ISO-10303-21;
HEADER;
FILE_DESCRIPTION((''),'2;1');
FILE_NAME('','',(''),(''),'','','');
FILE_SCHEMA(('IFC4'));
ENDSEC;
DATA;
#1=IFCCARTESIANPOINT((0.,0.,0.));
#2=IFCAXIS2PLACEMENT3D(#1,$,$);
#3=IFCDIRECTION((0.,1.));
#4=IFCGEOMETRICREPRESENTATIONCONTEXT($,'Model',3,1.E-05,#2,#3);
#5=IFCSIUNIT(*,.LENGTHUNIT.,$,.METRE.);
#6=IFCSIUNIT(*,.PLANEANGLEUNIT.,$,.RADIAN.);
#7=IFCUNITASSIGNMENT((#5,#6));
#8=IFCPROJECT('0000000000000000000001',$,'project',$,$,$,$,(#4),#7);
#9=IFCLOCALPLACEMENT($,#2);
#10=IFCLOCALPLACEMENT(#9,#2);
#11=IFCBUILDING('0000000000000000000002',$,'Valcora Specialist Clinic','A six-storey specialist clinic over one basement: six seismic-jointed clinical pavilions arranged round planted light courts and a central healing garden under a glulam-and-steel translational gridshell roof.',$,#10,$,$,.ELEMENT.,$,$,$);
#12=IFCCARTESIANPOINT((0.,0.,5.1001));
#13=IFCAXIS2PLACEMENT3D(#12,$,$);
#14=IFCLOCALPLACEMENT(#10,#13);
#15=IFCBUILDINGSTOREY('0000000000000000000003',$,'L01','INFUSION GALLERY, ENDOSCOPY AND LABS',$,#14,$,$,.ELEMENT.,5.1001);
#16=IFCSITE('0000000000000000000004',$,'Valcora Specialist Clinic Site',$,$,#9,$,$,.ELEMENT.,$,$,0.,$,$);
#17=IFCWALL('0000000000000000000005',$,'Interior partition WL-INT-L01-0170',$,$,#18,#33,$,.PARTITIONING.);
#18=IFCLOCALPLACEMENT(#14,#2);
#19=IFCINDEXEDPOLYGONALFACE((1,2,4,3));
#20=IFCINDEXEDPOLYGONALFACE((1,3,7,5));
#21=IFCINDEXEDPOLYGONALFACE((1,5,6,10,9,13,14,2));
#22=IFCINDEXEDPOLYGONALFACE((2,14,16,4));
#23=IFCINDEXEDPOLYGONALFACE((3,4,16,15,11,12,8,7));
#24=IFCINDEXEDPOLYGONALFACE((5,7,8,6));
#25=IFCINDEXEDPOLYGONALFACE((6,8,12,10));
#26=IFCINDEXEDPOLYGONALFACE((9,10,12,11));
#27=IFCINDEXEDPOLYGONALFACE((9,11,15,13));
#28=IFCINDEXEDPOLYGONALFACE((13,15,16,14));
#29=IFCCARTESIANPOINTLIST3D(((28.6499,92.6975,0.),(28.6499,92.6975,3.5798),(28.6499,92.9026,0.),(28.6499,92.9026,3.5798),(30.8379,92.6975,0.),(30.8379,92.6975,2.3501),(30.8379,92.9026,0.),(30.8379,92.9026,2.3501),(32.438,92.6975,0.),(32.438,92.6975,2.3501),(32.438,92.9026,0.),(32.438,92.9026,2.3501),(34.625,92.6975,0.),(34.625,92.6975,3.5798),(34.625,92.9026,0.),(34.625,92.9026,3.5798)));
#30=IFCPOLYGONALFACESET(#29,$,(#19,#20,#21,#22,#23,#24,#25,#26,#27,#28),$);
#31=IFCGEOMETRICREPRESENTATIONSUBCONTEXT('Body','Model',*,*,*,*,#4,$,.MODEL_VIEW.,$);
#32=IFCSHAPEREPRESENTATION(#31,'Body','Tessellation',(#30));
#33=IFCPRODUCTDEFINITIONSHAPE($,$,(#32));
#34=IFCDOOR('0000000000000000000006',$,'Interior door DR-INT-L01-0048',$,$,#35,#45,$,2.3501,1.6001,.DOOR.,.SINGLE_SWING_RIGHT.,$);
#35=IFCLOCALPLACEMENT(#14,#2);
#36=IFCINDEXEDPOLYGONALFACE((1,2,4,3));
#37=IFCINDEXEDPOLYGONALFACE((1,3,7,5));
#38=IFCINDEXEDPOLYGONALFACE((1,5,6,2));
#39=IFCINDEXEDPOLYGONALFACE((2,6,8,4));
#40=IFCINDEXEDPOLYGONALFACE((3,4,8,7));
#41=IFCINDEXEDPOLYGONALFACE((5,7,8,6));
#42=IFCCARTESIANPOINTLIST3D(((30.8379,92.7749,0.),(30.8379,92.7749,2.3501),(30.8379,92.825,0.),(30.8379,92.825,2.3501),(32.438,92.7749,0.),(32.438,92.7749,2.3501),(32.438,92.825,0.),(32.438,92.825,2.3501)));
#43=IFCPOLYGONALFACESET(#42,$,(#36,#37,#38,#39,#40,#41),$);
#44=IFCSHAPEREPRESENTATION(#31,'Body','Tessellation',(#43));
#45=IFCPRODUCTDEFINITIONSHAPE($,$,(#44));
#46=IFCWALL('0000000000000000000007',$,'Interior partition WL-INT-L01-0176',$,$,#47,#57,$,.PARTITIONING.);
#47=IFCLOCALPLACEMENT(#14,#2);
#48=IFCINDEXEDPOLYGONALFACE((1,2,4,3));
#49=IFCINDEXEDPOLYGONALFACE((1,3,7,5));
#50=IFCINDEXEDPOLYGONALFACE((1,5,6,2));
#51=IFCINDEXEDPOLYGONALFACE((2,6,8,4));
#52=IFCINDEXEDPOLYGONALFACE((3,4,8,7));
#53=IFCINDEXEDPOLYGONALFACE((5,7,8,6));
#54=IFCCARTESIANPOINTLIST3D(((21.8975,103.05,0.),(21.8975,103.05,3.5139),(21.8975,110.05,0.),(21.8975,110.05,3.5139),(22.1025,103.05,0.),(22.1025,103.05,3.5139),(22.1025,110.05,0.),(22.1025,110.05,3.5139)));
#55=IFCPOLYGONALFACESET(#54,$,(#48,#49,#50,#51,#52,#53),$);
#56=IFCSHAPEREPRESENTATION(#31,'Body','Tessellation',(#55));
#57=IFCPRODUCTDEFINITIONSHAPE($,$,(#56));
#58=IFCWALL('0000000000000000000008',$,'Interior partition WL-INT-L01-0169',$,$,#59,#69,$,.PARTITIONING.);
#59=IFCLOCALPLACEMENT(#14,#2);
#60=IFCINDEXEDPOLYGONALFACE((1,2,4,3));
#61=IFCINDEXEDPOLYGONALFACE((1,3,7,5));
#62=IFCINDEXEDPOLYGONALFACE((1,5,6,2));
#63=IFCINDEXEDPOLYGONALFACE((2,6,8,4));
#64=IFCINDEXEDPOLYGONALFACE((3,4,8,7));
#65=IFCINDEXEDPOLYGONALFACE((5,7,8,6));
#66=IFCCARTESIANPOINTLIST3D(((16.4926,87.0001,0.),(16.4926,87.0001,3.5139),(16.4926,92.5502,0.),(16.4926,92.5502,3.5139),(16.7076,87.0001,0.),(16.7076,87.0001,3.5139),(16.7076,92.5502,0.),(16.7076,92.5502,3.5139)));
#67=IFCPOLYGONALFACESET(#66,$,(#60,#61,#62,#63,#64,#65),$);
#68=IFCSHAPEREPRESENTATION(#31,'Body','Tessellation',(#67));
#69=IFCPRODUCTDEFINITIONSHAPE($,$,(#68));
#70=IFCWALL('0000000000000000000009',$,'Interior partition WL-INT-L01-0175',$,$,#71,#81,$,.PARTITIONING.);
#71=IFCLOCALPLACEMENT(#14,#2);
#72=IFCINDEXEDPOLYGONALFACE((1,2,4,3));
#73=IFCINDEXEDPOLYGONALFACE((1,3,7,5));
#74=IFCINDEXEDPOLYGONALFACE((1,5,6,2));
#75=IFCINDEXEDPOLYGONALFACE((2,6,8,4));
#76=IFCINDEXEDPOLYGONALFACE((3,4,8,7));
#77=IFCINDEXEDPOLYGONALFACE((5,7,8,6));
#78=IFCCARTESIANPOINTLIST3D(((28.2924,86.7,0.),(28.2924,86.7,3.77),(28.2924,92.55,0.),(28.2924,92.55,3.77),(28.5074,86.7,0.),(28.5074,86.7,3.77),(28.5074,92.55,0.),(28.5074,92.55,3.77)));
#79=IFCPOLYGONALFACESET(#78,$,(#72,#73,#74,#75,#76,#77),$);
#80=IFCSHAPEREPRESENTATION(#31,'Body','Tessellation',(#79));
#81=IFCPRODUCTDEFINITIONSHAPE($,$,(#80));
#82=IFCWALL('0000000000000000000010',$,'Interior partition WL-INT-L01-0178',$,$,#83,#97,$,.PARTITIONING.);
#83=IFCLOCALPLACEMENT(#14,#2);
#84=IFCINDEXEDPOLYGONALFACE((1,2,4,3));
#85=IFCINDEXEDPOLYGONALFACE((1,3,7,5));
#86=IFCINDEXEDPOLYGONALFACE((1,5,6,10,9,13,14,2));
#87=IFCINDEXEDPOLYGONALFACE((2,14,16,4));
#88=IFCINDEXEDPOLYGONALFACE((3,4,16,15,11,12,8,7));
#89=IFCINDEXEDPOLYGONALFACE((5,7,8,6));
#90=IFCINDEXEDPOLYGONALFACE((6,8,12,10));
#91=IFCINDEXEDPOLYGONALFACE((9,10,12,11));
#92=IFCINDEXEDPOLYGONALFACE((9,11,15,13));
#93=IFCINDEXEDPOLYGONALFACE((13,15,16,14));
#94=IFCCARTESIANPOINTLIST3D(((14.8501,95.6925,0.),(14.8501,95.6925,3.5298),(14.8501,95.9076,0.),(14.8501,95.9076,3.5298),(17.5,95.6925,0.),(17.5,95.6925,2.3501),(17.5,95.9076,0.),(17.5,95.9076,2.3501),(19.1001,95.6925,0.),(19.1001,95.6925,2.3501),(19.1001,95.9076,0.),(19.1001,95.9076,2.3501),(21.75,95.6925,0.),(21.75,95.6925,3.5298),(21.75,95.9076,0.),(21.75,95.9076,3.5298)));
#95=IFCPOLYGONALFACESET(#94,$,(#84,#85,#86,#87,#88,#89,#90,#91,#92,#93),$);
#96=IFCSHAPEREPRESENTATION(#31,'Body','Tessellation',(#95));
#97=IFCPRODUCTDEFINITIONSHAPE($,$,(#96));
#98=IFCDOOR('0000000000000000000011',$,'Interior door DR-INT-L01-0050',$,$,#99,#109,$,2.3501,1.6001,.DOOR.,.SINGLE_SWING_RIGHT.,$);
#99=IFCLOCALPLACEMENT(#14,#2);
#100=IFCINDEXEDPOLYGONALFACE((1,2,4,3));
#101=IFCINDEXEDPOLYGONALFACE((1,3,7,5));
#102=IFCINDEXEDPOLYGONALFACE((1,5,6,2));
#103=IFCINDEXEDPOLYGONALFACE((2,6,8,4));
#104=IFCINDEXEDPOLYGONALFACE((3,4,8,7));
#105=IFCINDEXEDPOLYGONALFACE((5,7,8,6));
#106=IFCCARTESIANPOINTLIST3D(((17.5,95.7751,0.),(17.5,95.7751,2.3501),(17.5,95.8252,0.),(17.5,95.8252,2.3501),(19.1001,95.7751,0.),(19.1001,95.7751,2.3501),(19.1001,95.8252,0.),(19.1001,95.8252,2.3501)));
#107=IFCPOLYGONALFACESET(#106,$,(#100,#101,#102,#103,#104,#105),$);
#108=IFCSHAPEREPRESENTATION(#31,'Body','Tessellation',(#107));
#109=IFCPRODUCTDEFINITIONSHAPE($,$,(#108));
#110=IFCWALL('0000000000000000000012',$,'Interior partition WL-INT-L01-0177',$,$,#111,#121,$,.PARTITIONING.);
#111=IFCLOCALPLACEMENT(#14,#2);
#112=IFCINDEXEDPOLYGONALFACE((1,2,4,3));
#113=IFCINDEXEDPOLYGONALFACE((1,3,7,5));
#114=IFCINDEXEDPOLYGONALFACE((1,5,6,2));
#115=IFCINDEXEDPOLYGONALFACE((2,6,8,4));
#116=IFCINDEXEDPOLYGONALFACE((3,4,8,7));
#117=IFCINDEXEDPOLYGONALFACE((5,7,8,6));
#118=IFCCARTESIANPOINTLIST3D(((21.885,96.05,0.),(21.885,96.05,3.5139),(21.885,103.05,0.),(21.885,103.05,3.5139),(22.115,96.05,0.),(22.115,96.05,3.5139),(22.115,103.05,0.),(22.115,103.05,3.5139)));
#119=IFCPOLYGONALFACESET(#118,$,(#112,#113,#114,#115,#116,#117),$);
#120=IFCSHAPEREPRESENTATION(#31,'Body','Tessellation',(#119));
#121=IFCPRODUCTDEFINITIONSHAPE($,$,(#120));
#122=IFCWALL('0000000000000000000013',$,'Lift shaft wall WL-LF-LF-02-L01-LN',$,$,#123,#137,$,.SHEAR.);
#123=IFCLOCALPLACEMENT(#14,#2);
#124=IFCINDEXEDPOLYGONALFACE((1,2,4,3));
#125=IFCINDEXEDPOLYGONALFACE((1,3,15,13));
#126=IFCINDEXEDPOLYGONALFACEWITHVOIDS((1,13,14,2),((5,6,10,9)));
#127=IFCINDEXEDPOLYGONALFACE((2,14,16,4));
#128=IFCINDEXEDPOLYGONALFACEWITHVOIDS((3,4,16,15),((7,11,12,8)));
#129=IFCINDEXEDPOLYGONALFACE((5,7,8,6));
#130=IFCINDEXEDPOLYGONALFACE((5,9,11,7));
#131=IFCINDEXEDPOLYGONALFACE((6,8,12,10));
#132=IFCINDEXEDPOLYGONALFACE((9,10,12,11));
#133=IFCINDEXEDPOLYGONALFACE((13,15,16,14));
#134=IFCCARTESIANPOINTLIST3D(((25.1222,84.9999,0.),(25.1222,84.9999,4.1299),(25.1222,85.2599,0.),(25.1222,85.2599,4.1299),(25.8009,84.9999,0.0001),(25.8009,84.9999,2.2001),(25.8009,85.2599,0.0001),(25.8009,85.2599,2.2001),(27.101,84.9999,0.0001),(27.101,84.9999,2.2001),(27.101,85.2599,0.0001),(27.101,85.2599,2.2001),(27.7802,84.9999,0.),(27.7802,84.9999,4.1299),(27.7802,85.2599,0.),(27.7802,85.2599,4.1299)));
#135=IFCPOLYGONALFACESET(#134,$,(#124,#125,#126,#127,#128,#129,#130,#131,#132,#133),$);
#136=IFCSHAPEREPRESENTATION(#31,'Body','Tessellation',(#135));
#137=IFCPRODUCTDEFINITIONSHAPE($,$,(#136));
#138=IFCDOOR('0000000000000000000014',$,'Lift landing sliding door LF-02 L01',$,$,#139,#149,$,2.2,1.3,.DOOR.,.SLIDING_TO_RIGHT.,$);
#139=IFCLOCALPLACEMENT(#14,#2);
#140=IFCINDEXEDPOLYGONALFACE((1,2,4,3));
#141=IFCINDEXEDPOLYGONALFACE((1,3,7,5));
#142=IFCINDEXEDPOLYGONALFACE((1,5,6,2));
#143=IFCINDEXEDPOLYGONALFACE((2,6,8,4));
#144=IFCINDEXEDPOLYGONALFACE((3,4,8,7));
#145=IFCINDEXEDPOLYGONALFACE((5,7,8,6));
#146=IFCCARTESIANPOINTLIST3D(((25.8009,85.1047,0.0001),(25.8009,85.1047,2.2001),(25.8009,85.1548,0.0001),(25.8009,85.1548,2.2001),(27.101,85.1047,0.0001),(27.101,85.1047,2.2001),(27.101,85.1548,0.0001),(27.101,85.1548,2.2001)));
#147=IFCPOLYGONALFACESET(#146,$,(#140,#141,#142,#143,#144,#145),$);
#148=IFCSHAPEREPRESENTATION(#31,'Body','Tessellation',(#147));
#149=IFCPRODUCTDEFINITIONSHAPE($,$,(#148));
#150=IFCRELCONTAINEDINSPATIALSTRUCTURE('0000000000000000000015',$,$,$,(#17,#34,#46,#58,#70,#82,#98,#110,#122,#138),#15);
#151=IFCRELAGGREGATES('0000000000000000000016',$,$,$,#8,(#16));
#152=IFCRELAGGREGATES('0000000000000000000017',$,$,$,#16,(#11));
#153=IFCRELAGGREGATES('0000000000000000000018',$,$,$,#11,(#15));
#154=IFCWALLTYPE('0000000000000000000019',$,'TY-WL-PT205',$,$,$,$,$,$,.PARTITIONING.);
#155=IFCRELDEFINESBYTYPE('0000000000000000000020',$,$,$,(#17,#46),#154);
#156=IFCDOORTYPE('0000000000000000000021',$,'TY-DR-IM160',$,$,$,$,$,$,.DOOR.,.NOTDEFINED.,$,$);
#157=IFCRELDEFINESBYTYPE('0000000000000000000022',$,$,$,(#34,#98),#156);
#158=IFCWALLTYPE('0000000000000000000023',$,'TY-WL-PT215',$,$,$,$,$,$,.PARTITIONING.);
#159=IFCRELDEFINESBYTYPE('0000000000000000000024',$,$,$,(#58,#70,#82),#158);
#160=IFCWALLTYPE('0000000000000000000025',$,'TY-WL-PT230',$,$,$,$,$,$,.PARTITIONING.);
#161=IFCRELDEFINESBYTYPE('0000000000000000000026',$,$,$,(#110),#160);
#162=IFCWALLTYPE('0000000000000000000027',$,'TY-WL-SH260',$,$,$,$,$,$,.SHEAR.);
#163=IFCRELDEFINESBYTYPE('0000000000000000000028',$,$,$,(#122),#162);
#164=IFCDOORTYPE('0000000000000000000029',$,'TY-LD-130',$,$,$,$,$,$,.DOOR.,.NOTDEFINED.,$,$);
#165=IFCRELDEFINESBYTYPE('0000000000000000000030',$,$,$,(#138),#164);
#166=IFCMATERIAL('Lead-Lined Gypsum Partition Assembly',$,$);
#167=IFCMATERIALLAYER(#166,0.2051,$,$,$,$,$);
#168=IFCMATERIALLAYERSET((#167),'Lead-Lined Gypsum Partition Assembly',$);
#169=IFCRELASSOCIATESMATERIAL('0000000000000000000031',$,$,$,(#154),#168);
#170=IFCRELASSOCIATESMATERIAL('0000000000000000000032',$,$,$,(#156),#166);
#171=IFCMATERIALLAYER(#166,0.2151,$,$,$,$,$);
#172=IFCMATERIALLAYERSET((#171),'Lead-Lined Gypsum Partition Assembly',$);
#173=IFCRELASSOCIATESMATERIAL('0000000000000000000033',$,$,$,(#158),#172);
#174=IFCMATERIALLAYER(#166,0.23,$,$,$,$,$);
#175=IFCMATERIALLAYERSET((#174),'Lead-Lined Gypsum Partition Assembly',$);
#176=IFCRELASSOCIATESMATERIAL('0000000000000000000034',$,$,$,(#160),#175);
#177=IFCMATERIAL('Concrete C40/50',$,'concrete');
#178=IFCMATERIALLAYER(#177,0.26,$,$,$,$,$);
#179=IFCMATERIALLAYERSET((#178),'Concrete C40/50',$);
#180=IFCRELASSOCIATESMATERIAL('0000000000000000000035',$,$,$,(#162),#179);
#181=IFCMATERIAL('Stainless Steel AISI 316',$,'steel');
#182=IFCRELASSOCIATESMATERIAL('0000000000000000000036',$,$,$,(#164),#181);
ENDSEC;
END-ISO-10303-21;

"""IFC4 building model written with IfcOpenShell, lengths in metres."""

from ifc_helpers import new_model, si_unit, direction, frame, frame_2d, origin, place, context, subcontext, project, spatial, rectangle, extrude, material, layer, layer_set, type_object, element, fill, save


model = new_model("IFC4")

# Units and contexts
model_context = context("Model", 3, precision=1e-05, world=origin(), true_north=direction((0.0, 1.0)))
body_context = subcontext(model_context, "Body", "Model", "MODEL_VIEW")
ifc_project = project(units=[si_unit("LENGTHUNIT", "METRE"), si_unit("PLANEANGLEUNIT", "RADIAN")], contexts=[model_context])

# Site, building, storey
site_placement = place(None, origin())
site = spatial("IfcSite", under=ifc_project, at=site_placement, Name="Valcora Specialist Clinic Site", CompositionType="ELEMENT", RefElevation=0.0)
building_placement = place(site_placement, origin())
building = spatial("IfcBuilding", under=site, at=building_placement, Name="Valcora Specialist Clinic", Description="A six-storey specialist clinic over one basement: six seismic-jointed clinical pavilions arranged round planted light courts and a central healing garden under a glulam-and-steel translational gridshell roof.", CompositionType="ELEMENT")
storey_placement = place(building_placement, frame((0.0, 0.0, 5.1001)))
storey = spatial("IfcBuildingStorey", under=building, at=storey_placement, Name="L01", Description="INFUSION GALLERY, ENDOSCOPY AND LABS", CompositionType="ELEMENT", Elevation=5.1001)

# Shared definitions
ifc_material_1 = material(Name="Concrete C40/50", Category="concrete")

# Wall, opening, door
ifc_material_2 = material(Name="Lead-Lined Gypsum Partition Assembly")
ifc_layer_1 = layer(ifc_material_2, 0.2051)
ifc_layer_set_1 = layer_set([ifc_layer_1], Name="Lead-Lined Gypsum Partition Assembly")
wall_type_1 = type_object("IfcWallType", Name="TY-WL-PT205", PredefinedType="PARTITIONING", material=ifc_layer_set_1)
wall_1_placement = place(storey_placement, frame((28.6499, 92.8, 0.0), z_axis=(0.0, 0.0, 1.0), x_axis=(1.0, 0.0, 0.0)))
wall_1 = element("IfcWall", 1, at=wall_1_placement, inside=storey, type_object=wall_type_1, Name="Interior partition WL-INT-L01-0170", PredefinedType="PARTITIONING", context=body_context, shape_type="SweptSolid", body=[
    extrude(rectangle(XDim=5.9751, YDim=0.2051, at=frame_2d((2.9875, 0.0))), origin(), (0.0, 0.0, 1.0), 3.5798),
])
opening_1_placement = place(wall_1_placement, frame((2.188, 0.0, 0.0)))
opening_1 = element("IfcOpeningElement", 2, at=opening_1_placement, cuts=wall_1, PredefinedType="OPENING", context=body_context, shape_type="SweptSolid", body=[
    extrude(rectangle(XDim=1.6001, YDim=2.3501, at=frame_2d((0.8, 1.175))), frame((0.0, 0.1125, 0.0), z_axis=(0.0, -1.0, 0.0), x_axis=(1.0, 0.0, 0.0)), (0.0, 0.0, 1.0), 0.2251),
])
door_type_1 = type_object("IfcDoorType", Name="TY-DR-IM160", OperationType="NOTDEFINED", PredefinedType="DOOR", material=ifc_material_2)
door_1_placement = place(opening_1_placement, origin())
door_1 = element("IfcDoor", 3, at=door_1_placement, inside=storey, type_object=door_type_1, Name="Interior door DR-INT-L01-0048", OperationType="SINGLE_SWING_RIGHT", OverallHeight=2.3501, OverallWidth=1.6001, PredefinedType="DOOR", context=body_context, shape_type="SweptSolid", body=[
    extrude(rectangle(XDim=1.6001, YDim=2.3501, at=frame_2d((0.8, 1.175))), frame((0.0, 0.0249, 0.0), z_axis=(0.0, -1.0, 0.0), x_axis=(1.0, 0.0, 0.0)), (0.0, 0.0, 1.0), 0.05),
])
fill(opening_1, door_1)

# Walls
wall_2_placement = place(storey_placement, frame((22.0, 110.05, 0.0), z_axis=(0.0, 0.0, 1.0), x_axis=(0.0, -1.0, 0.0)))
element("IfcWall", 4, at=wall_2_placement, inside=storey, type_object=wall_type_1, Name="Interior partition WL-INT-L01-0176", PredefinedType="PARTITIONING", context=body_context, shape_type="SweptSolid", body=[
    extrude(rectangle(XDim=7.0, YDim=0.2051, at=frame_2d((3.5, 0.0))), origin(), (0.0, 0.0, 1.0), 3.5139),
])
ifc_layer_2 = layer(ifc_material_2, 0.2151)
ifc_layer_set_2 = layer_set([ifc_layer_2], Name="Lead-Lined Gypsum Partition Assembly")
wall_type_2 = type_object("IfcWallType", Name="TY-WL-PT215", PredefinedType="PARTITIONING", material=ifc_layer_set_2)
wall_3_placement = place(storey_placement, frame((16.6001, 92.55, 0.0), z_axis=(0.0, 0.0, 1.0), x_axis=(0.0, -1.0, 0.0)))
element("IfcWall", 5, at=wall_3_placement, inside=storey, type_object=wall_type_2, Name="Interior partition WL-INT-L01-0169", PredefinedType="PARTITIONING", context=body_context, shape_type="SweptSolid", body=[
    extrude(rectangle(XDim=5.55, YDim=0.2151, at=frame_2d((2.7749, 0.0))), origin(), (0.0, 0.0, 1.0), 3.5139),
])
wall_4_placement = place(storey_placement, frame((28.3999, 86.7, 0.0), z_axis=(0.0, 0.0, 1.0), x_axis=(0.0, 1.0, 0.0)))
element("IfcWall", 6, at=wall_4_placement, inside=storey, type_object=wall_type_2, Name="Interior partition WL-INT-L01-0175", PredefinedType="PARTITIONING", context=body_context, shape_type="SweptSolid", body=[
    extrude(rectangle(XDim=5.8501, YDim=0.2151, at=frame_2d((2.925, 0.0))), origin(), (0.0, 0.0, 1.0), 3.77),
])

# Wall, opening, door
wall_5_placement = place(storey_placement, frame((21.75, 95.8, 0.0), z_axis=(0.0, 0.0, 1.0), x_axis=(-1.0, 0.0, 0.0)))
wall_5 = element("IfcWall", 7, at=wall_5_placement, inside=storey, type_object=wall_type_2, Name="Interior partition WL-INT-L01-0178", PredefinedType="PARTITIONING", context=body_context, shape_type="SweptSolid", body=[
    extrude(rectangle(XDim=6.8999, YDim=0.2151, at=frame_2d((3.45, 0.0))), origin(), (0.0, 0.0, 1.0), 3.5298),
])
opening_2_placement = place(wall_5_placement, frame((2.6499, 0.0, 0.0)))
opening_2 = element("IfcOpeningElement", 8, at=opening_2_placement, cuts=wall_5, PredefinedType="OPENING", context=body_context, shape_type="SweptSolid", body=[
    extrude(rectangle(XDim=1.6001, YDim=2.3501, at=frame_2d((0.8, 1.175))), frame((0.0, 0.1174, 0.0), z_axis=(0.0, -1.0, 0.0), x_axis=(1.0, 0.0, 0.0)), (0.0, 0.0, 1.0), 0.2351),
])
door_2_placement = place(opening_2_placement, origin())
door_2 = element("IfcDoor", 9, at=door_2_placement, inside=storey, type_object=door_type_1, Name="Interior door DR-INT-L01-0050", OperationType="SINGLE_SWING_RIGHT", OverallHeight=2.3501, OverallWidth=1.6001, PredefinedType="DOOR", context=body_context, shape_type="SweptSolid", body=[
    extrude(rectangle(XDim=1.6001, YDim=2.3501, at=frame_2d((0.8, 1.175))), frame((0.0, 0.0249, 0.0), z_axis=(0.0, -1.0, 0.0), x_axis=(1.0, 0.0, 0.0)), (0.0, 0.0, 1.0), 0.05),
])
fill(opening_2, door_2)

# Wall
ifc_layer_3 = layer(ifc_material_2, 0.23)
ifc_layer_set_3 = layer_set([ifc_layer_3], Name="Lead-Lined Gypsum Partition Assembly")
wall_type_3 = type_object("IfcWallType", Name="TY-WL-PT230", PredefinedType="PARTITIONING", material=ifc_layer_set_3)
wall_6_placement = place(storey_placement, frame((22.0, 103.05, 0.0), z_axis=(0.0, 0.0, 1.0), x_axis=(0.0, -1.0, 0.0)))
element("IfcWall", 10, at=wall_6_placement, inside=storey, type_object=wall_type_3, Name="Interior partition WL-INT-L01-0177", PredefinedType="PARTITIONING", context=body_context, shape_type="SweptSolid", body=[
    extrude(rectangle(XDim=7.0, YDim=0.23, at=frame_2d((3.5, 0.0))), origin(), (0.0, 0.0, 1.0), 3.5139),
])

# Wall, opening, door
ifc_layer_4 = layer(ifc_material_1, 0.26)
ifc_layer_set_4 = layer_set([ifc_layer_4], Name="Concrete C40/50")
wall_type_4 = type_object("IfcWallType", Name="TY-WL-SH260", PredefinedType="SHEAR", material=ifc_layer_set_4)
wall_7_placement = place(storey_placement, frame((25.1221, 85.1299, 0.0), z_axis=(0.0, 0.0, 1.0), x_axis=(1.0, 0.0, 0.0)))
wall_7 = element("IfcWall", 11, at=wall_7_placement, inside=storey, type_object=wall_type_4, Name="Lift shaft wall WL-LF-LF-02-L01-LN", PredefinedType="SHEAR", context=body_context, shape_type="SweptSolid", body=[
    extrude(rectangle(XDim=2.658, YDim=0.26, at=frame_2d((1.3291, 0.0))), origin(), (0.0, 0.0, 1.0), 4.1299),
])
opening_3_placement = place(wall_7_placement, frame((0.679, 0.0, 0.0)))
opening_3 = element("IfcOpeningElement", 12, at=opening_3_placement, cuts=wall_7, PredefinedType="OPENING", context=body_context, shape_type="SweptSolid", body=[
    extrude(rectangle(XDim=1.3, YDim=2.2, at=frame_2d((0.6499, 1.1001))), frame((0.0, 0.1399, 0.0), z_axis=(0.0, -1.0, 0.0), x_axis=(1.0, 0.0, 0.0)), (0.0, 0.0, 1.0), 0.28),
])
ifc_material_3 = material(Name="Stainless Steel AISI 316", Category="steel")
door_type_2 = type_object("IfcDoorType", Name="TY-LD-130", OperationType="NOTDEFINED", PredefinedType="DOOR", material=ifc_material_3)
door_3_placement = place(opening_3_placement, origin())
door_3 = element("IfcDoor", 13, at=door_3_placement, inside=storey, type_object=door_type_2, Name="Lift landing sliding door LF-02 L01", OperationType="SLIDING_TO_RIGHT", OverallHeight=2.2, OverallWidth=1.3, PredefinedType="DOOR", context=body_context, shape_type="SweptSolid", body=[
    extrude(rectangle(XDim=1.3, YDim=2.2, at=frame_2d((0.6499, 1.1001))), frame((0.0, 0.0249, 0.0), z_axis=(0.0, -1.0, 0.0), x_axis=(1.0, 0.0, 0.0)), (0.0, 0.0, 1.0), 0.05),
])
fill(opening_3, door_3)

save(model, "model.ifc")
